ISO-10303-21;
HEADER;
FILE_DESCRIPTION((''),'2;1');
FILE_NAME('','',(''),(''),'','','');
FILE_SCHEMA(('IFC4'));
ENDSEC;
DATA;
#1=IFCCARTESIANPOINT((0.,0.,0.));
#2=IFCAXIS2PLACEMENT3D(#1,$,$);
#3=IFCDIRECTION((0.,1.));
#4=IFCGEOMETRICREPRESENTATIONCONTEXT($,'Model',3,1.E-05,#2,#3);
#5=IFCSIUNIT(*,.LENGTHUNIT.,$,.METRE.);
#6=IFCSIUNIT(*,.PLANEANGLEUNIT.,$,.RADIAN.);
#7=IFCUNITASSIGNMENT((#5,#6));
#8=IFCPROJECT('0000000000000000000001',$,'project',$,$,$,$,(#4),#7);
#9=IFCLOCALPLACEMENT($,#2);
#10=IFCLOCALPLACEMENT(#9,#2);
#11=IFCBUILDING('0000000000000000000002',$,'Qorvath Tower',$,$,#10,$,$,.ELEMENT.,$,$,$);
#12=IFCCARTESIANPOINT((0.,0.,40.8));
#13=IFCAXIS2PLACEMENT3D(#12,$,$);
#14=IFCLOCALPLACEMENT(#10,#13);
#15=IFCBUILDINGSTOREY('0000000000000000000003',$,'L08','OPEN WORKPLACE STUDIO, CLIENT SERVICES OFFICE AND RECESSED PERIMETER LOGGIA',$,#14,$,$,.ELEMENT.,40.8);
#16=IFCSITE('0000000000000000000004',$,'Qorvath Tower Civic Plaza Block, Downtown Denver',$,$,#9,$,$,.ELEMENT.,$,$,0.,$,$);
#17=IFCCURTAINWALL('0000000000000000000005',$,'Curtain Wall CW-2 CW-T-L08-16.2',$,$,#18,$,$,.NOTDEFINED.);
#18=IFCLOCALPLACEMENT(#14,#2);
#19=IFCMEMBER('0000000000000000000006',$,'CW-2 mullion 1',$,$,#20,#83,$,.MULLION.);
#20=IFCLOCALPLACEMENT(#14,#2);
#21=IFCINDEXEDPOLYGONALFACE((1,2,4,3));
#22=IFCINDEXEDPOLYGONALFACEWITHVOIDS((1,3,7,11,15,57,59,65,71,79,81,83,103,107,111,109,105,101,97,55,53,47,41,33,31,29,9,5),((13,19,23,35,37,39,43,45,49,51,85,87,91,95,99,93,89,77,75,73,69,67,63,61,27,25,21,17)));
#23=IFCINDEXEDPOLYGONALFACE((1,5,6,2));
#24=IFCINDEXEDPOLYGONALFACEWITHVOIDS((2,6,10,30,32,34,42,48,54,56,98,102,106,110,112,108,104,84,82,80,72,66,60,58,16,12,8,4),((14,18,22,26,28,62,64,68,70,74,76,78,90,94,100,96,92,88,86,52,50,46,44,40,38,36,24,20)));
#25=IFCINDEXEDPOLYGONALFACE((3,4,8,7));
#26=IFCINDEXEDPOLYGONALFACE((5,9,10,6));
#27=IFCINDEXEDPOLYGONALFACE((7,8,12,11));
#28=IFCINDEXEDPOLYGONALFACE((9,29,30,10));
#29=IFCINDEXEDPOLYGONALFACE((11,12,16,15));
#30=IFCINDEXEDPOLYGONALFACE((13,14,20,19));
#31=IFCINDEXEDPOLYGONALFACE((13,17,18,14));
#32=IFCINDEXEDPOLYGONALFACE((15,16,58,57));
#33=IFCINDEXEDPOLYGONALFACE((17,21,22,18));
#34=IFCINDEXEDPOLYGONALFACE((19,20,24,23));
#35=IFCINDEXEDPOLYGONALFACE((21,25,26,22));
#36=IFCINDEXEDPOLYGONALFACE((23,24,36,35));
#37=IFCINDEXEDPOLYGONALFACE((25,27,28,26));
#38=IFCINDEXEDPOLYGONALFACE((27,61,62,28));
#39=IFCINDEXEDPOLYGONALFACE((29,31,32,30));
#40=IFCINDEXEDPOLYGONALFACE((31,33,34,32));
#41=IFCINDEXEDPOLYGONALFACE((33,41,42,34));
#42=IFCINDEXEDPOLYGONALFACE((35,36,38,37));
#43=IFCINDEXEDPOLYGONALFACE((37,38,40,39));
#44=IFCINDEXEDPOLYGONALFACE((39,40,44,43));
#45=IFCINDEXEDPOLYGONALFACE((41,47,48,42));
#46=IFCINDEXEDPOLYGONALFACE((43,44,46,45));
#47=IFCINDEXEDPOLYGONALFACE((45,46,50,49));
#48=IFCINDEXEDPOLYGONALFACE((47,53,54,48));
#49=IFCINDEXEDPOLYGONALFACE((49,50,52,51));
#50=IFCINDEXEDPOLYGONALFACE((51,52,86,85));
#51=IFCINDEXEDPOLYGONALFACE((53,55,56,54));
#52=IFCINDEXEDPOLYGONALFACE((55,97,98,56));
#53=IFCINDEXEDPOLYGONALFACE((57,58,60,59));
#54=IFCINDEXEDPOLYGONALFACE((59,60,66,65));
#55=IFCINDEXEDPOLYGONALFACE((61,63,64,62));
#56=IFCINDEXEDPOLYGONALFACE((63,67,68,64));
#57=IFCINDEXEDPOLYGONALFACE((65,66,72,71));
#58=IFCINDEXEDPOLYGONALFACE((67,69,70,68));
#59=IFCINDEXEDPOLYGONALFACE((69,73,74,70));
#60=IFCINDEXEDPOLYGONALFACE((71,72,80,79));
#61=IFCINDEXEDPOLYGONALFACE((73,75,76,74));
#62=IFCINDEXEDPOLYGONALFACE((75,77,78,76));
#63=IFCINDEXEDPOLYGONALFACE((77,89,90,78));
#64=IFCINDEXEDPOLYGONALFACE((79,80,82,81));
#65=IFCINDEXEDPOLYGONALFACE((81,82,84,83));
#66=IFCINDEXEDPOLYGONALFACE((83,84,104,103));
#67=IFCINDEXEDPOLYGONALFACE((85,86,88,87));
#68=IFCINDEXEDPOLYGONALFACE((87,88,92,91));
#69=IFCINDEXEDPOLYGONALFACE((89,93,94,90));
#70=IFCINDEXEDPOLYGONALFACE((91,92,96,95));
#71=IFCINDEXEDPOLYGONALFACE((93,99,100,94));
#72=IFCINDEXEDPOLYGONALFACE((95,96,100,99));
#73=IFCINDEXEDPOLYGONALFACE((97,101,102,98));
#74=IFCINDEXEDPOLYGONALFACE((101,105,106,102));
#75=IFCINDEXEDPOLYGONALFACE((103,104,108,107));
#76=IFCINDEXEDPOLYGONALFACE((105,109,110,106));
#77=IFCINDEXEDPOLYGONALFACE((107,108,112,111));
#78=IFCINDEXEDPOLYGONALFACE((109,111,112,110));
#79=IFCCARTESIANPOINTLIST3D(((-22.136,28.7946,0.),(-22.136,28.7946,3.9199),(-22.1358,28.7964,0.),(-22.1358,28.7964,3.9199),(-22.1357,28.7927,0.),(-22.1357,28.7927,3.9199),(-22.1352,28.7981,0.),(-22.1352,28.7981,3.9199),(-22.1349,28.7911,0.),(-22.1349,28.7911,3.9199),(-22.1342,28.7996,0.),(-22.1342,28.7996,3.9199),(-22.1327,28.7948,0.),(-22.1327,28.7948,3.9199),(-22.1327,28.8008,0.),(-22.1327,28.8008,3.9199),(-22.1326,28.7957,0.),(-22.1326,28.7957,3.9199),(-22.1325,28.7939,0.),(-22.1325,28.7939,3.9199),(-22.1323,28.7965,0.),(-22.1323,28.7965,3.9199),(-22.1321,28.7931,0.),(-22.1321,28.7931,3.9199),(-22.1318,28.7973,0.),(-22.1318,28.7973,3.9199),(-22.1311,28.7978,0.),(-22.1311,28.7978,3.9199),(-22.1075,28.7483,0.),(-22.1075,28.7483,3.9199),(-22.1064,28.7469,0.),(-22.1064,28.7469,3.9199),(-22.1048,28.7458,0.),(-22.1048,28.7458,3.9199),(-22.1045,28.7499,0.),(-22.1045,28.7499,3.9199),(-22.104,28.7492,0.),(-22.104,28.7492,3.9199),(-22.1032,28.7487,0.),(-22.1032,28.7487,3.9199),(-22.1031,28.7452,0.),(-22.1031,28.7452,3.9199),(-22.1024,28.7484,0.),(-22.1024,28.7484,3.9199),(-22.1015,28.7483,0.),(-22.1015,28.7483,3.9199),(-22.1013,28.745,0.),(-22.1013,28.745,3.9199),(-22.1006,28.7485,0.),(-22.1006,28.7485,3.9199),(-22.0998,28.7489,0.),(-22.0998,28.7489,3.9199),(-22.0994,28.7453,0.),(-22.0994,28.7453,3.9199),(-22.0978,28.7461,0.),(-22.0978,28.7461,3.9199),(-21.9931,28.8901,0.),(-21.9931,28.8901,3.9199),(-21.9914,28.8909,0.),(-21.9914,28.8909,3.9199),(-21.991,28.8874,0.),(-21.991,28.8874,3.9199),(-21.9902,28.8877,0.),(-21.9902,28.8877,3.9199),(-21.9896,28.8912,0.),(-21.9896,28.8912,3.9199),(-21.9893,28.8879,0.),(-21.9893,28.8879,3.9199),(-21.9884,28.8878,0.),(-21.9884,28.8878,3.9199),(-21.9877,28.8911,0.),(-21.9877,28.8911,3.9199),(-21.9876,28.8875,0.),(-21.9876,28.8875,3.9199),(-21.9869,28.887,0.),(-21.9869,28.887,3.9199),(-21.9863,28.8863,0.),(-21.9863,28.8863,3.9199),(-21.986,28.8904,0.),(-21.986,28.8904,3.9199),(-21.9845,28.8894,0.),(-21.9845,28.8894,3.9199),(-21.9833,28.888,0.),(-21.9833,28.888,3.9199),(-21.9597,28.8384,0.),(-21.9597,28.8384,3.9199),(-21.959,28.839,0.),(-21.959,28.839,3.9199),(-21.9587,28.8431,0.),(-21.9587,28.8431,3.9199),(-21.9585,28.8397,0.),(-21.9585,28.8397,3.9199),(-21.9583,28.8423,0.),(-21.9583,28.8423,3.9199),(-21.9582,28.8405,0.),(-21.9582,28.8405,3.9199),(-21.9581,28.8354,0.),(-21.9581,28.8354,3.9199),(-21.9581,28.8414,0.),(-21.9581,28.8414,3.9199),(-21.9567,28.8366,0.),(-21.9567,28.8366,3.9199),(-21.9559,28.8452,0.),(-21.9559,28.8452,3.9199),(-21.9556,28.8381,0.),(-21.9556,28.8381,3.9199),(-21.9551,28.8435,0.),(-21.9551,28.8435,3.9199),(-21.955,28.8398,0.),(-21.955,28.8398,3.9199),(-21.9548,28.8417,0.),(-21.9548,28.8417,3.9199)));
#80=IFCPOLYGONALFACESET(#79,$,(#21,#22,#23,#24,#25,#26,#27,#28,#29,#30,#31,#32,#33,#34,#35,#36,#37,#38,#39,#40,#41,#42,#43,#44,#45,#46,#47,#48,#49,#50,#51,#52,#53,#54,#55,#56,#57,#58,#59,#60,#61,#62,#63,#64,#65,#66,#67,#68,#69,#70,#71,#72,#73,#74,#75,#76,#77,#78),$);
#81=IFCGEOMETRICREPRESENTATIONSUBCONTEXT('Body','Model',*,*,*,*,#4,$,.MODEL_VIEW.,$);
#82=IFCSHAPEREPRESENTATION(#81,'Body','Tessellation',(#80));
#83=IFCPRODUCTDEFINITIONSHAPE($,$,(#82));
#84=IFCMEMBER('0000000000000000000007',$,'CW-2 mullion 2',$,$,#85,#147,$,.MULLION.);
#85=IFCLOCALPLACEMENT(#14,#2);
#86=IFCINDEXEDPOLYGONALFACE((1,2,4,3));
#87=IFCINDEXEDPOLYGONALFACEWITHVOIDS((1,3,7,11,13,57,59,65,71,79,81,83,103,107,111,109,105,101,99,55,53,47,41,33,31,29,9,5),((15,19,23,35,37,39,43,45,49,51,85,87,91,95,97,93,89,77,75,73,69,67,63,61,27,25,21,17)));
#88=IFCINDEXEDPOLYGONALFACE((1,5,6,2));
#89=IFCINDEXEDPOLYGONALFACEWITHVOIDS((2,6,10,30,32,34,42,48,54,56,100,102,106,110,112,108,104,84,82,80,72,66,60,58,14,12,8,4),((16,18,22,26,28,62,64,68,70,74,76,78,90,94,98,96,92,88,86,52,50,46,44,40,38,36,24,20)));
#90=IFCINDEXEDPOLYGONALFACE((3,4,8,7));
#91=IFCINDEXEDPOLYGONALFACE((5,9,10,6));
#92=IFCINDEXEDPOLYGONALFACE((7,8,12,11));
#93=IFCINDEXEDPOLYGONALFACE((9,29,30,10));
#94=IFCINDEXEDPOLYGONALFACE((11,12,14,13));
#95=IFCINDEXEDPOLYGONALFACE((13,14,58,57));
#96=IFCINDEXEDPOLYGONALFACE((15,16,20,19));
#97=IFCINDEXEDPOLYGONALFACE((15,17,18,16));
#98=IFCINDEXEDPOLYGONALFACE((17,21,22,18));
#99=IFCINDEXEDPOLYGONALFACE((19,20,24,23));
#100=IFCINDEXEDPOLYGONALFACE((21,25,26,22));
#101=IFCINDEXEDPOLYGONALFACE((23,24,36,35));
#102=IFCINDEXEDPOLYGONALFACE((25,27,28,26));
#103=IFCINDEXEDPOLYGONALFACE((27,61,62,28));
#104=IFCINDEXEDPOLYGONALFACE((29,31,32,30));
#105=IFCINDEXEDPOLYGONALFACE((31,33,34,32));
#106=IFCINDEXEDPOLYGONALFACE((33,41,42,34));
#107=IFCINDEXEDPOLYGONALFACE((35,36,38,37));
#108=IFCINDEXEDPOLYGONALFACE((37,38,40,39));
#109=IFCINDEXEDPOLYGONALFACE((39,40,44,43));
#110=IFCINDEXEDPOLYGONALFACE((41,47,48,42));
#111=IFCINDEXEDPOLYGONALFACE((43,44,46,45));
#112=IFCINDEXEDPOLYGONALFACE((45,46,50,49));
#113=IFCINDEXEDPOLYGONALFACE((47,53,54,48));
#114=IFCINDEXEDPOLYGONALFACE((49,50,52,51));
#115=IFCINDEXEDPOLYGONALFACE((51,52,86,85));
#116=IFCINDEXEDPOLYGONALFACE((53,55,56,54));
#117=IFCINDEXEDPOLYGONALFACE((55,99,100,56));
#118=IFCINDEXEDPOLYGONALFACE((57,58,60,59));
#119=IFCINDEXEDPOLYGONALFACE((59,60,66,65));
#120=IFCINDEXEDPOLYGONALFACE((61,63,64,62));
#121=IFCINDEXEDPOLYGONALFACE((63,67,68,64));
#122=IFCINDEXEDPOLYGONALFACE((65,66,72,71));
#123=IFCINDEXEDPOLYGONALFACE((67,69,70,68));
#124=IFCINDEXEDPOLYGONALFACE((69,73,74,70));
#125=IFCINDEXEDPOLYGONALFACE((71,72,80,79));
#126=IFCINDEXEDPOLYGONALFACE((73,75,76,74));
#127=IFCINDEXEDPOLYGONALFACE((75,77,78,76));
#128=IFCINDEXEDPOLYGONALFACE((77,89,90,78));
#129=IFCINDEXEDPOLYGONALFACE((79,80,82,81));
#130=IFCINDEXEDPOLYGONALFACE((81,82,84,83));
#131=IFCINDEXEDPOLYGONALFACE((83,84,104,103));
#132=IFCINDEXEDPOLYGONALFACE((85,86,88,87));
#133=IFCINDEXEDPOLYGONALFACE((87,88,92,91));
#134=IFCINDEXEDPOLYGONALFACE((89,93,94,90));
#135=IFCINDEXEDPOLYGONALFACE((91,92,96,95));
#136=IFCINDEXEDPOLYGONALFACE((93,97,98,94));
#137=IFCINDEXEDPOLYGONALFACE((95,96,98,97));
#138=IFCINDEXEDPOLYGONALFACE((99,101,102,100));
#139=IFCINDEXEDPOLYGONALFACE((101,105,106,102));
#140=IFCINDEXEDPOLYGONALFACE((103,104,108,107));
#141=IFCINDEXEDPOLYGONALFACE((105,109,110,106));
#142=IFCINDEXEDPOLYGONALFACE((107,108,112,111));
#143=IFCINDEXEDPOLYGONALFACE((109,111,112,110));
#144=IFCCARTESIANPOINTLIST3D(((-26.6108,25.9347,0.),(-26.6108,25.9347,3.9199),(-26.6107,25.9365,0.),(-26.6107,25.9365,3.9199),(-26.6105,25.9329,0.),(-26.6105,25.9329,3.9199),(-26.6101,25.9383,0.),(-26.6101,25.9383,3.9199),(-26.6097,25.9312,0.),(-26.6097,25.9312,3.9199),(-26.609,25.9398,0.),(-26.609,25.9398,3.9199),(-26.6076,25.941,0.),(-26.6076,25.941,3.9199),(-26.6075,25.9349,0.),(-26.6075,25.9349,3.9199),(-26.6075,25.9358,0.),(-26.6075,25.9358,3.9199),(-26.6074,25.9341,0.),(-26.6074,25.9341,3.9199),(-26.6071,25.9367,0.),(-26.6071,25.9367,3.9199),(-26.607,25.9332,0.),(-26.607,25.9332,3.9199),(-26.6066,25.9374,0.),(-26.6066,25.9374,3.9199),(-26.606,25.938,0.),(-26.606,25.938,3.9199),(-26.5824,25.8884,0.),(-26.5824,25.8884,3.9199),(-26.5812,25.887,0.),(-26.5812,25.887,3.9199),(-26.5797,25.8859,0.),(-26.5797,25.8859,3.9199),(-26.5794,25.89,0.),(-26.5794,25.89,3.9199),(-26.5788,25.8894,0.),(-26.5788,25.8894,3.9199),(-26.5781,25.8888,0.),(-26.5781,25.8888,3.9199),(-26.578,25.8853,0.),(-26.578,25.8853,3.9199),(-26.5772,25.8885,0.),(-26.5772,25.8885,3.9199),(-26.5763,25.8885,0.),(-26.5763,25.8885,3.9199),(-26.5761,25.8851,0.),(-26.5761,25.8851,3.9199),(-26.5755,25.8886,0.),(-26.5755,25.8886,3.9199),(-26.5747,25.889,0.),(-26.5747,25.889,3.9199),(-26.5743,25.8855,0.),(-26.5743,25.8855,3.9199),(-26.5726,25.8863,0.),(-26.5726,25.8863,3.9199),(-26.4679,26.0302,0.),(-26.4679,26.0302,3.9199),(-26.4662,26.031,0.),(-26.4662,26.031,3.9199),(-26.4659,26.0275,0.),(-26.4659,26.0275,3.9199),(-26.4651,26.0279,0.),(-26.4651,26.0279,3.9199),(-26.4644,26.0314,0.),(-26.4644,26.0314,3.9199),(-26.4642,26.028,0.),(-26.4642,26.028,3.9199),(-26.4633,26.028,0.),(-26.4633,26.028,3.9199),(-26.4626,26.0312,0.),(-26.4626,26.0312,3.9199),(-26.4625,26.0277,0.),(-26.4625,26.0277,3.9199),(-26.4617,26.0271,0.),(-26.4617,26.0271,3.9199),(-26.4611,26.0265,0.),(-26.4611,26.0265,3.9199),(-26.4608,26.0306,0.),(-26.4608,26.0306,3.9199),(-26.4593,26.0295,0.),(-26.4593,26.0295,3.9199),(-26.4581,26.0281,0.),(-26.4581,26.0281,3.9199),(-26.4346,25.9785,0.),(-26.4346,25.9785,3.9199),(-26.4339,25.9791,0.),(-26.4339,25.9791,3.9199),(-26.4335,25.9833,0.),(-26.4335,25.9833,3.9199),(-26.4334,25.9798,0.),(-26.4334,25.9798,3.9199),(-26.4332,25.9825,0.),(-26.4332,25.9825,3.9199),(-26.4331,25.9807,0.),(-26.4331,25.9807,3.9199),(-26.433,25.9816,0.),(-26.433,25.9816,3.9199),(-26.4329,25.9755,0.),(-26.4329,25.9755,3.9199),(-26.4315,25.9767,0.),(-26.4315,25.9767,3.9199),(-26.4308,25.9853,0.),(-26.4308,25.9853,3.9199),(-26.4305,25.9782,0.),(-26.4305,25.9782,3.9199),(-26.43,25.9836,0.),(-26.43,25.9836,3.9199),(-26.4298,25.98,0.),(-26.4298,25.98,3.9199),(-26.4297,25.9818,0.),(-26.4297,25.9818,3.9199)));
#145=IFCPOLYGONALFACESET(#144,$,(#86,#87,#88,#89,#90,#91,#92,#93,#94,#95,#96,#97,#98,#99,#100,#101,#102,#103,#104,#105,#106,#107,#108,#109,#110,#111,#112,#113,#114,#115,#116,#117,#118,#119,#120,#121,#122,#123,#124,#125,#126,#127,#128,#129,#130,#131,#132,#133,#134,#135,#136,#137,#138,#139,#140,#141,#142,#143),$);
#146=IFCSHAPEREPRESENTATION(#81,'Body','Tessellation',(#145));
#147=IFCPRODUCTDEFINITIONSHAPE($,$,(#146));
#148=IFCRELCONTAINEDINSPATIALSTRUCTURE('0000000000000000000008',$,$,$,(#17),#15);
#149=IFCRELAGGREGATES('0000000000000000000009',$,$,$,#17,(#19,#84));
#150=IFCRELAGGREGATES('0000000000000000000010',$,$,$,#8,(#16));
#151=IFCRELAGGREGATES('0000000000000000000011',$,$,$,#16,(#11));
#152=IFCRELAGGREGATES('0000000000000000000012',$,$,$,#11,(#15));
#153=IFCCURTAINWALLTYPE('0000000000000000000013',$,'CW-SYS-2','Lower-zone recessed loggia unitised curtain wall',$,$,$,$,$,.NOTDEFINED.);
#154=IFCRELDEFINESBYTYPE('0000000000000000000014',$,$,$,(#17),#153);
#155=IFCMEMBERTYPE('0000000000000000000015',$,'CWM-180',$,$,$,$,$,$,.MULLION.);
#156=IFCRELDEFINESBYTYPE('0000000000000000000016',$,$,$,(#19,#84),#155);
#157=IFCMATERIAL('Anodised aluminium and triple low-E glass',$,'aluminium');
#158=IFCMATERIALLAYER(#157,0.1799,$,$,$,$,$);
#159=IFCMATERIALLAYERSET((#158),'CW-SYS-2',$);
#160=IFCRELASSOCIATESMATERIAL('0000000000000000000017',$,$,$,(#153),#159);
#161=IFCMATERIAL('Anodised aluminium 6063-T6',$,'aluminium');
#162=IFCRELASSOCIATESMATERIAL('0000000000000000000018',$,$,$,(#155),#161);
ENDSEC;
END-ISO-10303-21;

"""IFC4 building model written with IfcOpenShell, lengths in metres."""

from ifc_helpers import new_model, si_unit, direction, frame, origin, origin_2d, place, context, subcontext, project, spatial, hollow_rectangle, extrude, material, layer, layer_set, material_profile, profile_set, type_object, element, aggregate, save


model = new_model("IFC4")

# Units and contexts
model_context = context("Model", 3, precision=1e-05, world=origin(), true_north=direction((0.0, 1.0)))
body_context = subcontext(model_context, "Body", "Model", "MODEL_VIEW")
ifc_project = project(units=[si_unit("LENGTHUNIT", "METRE"), si_unit("PLANEANGLEUNIT", "RADIAN")], contexts=[model_context])

# Site, building, storey
site_placement = place(None, origin())
site = spatial("IfcSite", under=ifc_project, at=site_placement, Name="Qorvath Tower Civic Plaza Block, Downtown Denver", CompositionType="ELEMENT", RefElevation=0.0)
building_placement = place(site_placement, origin())
building = spatial("IfcBuilding", under=site, at=building_placement, Name="Qorvath Tower", CompositionType="ELEMENT")
storey_placement = place(building_placement, frame((0.0, 0.0, 40.8)))
storey = spatial("IfcBuildingStorey", under=building, at=storey_placement, Name="L08", Description="OPEN WORKPLACE STUDIO, CLIENT SERVICES OFFICE AND RECESSED PERIMETER LOGGIA", CompositionType="ELEMENT", Elevation=40.8)

# Shared definitions
ifc_material_1 = material(Name="Anodised aluminium and triple low-E glass", Category="aluminium")
ifc_layer_1 = layer(ifc_material_1, 0.1799)
ifc_layer_set_1 = layer_set([ifc_layer_1], Name="CW-SYS-2")
curtain_wall_type = type_object("IfcCurtainWallType", Name="CW-SYS-2", Description="Lower-zone recessed loggia unitised curtain wall", PredefinedType="NOTDEFINED", material=ifc_layer_set_1)
ifc_material_2 = material(Name="Anodised aluminium 6063-T6", Category="aluminium")
ifc_material_profile_1 = material_profile(ifc_material_2, hollow_rectangle(XDim=0.0649, YDim=0.1799, WallThickness=0.0034, InnerFilletRadius=0.0034, OuterFilletRadius=0.0071, at=origin_2d()), Name="CWM 180x65")
ifc_profile_set_1 = profile_set([ifc_material_profile_1], Name="Anodised aluminium 6063-T6")
member_type_1 = type_object("IfcMemberType", Name="CWM-180", PredefinedType="MULLION", material=ifc_profile_set_1)

# Curtain wall, members
curtain_wall_1_placement = place(storey_placement, origin())
curtain_wall_1 = element("IfcCurtainWall", 1, at=curtain_wall_1_placement, inside=storey, type_object=curtain_wall_type, Name="Curtain Wall CW-2 CW-T-L08-16.2", PredefinedType="NOTDEFINED")
member_1_placement = place(storey_placement, frame((-22.0454, 28.8181, 0.0), z_axis=(0.0, 0.0, 1.0), x_axis=(0.538541, -0.842599, 0.0)))
member_1 = element("IfcMember", 2, at=member_1_placement, type_object=member_type_1, Name="CW-2 mullion 1", PredefinedType="MULLION", context=body_context, shape_type="SweptSolid", body=[
    extrude(hollow_rectangle(XDim=0.0649, YDim=0.1799, WallThickness=0.0034, InnerFilletRadius=0.0034, OuterFilletRadius=0.0071, at=origin_2d()), origin(), (0.0, 0.0, 1.0), 3.9199),
])
member_2_placement = place(storey_placement, frame((-26.5203, 25.9583, 0.0), z_axis=(0.0, 0.0, 1.0), x_axis=(0.538541, -0.842599, 0.0)))
member_2 = element("IfcMember", 3, at=member_2_placement, type_object=member_type_1, Name="CW-2 mullion 2", PredefinedType="MULLION", context=body_context, shape_type="SweptSolid", body=[
    extrude(hollow_rectangle(XDim=0.0649, YDim=0.1799, WallThickness=0.0034, InnerFilletRadius=0.0034, OuterFilletRadius=0.0071, at=origin_2d()), origin(), (0.0, 0.0, 1.0), 3.9199),
])
aggregate(curtain_wall_1, [member_1, member_2])

save(model, "model.ifc")
